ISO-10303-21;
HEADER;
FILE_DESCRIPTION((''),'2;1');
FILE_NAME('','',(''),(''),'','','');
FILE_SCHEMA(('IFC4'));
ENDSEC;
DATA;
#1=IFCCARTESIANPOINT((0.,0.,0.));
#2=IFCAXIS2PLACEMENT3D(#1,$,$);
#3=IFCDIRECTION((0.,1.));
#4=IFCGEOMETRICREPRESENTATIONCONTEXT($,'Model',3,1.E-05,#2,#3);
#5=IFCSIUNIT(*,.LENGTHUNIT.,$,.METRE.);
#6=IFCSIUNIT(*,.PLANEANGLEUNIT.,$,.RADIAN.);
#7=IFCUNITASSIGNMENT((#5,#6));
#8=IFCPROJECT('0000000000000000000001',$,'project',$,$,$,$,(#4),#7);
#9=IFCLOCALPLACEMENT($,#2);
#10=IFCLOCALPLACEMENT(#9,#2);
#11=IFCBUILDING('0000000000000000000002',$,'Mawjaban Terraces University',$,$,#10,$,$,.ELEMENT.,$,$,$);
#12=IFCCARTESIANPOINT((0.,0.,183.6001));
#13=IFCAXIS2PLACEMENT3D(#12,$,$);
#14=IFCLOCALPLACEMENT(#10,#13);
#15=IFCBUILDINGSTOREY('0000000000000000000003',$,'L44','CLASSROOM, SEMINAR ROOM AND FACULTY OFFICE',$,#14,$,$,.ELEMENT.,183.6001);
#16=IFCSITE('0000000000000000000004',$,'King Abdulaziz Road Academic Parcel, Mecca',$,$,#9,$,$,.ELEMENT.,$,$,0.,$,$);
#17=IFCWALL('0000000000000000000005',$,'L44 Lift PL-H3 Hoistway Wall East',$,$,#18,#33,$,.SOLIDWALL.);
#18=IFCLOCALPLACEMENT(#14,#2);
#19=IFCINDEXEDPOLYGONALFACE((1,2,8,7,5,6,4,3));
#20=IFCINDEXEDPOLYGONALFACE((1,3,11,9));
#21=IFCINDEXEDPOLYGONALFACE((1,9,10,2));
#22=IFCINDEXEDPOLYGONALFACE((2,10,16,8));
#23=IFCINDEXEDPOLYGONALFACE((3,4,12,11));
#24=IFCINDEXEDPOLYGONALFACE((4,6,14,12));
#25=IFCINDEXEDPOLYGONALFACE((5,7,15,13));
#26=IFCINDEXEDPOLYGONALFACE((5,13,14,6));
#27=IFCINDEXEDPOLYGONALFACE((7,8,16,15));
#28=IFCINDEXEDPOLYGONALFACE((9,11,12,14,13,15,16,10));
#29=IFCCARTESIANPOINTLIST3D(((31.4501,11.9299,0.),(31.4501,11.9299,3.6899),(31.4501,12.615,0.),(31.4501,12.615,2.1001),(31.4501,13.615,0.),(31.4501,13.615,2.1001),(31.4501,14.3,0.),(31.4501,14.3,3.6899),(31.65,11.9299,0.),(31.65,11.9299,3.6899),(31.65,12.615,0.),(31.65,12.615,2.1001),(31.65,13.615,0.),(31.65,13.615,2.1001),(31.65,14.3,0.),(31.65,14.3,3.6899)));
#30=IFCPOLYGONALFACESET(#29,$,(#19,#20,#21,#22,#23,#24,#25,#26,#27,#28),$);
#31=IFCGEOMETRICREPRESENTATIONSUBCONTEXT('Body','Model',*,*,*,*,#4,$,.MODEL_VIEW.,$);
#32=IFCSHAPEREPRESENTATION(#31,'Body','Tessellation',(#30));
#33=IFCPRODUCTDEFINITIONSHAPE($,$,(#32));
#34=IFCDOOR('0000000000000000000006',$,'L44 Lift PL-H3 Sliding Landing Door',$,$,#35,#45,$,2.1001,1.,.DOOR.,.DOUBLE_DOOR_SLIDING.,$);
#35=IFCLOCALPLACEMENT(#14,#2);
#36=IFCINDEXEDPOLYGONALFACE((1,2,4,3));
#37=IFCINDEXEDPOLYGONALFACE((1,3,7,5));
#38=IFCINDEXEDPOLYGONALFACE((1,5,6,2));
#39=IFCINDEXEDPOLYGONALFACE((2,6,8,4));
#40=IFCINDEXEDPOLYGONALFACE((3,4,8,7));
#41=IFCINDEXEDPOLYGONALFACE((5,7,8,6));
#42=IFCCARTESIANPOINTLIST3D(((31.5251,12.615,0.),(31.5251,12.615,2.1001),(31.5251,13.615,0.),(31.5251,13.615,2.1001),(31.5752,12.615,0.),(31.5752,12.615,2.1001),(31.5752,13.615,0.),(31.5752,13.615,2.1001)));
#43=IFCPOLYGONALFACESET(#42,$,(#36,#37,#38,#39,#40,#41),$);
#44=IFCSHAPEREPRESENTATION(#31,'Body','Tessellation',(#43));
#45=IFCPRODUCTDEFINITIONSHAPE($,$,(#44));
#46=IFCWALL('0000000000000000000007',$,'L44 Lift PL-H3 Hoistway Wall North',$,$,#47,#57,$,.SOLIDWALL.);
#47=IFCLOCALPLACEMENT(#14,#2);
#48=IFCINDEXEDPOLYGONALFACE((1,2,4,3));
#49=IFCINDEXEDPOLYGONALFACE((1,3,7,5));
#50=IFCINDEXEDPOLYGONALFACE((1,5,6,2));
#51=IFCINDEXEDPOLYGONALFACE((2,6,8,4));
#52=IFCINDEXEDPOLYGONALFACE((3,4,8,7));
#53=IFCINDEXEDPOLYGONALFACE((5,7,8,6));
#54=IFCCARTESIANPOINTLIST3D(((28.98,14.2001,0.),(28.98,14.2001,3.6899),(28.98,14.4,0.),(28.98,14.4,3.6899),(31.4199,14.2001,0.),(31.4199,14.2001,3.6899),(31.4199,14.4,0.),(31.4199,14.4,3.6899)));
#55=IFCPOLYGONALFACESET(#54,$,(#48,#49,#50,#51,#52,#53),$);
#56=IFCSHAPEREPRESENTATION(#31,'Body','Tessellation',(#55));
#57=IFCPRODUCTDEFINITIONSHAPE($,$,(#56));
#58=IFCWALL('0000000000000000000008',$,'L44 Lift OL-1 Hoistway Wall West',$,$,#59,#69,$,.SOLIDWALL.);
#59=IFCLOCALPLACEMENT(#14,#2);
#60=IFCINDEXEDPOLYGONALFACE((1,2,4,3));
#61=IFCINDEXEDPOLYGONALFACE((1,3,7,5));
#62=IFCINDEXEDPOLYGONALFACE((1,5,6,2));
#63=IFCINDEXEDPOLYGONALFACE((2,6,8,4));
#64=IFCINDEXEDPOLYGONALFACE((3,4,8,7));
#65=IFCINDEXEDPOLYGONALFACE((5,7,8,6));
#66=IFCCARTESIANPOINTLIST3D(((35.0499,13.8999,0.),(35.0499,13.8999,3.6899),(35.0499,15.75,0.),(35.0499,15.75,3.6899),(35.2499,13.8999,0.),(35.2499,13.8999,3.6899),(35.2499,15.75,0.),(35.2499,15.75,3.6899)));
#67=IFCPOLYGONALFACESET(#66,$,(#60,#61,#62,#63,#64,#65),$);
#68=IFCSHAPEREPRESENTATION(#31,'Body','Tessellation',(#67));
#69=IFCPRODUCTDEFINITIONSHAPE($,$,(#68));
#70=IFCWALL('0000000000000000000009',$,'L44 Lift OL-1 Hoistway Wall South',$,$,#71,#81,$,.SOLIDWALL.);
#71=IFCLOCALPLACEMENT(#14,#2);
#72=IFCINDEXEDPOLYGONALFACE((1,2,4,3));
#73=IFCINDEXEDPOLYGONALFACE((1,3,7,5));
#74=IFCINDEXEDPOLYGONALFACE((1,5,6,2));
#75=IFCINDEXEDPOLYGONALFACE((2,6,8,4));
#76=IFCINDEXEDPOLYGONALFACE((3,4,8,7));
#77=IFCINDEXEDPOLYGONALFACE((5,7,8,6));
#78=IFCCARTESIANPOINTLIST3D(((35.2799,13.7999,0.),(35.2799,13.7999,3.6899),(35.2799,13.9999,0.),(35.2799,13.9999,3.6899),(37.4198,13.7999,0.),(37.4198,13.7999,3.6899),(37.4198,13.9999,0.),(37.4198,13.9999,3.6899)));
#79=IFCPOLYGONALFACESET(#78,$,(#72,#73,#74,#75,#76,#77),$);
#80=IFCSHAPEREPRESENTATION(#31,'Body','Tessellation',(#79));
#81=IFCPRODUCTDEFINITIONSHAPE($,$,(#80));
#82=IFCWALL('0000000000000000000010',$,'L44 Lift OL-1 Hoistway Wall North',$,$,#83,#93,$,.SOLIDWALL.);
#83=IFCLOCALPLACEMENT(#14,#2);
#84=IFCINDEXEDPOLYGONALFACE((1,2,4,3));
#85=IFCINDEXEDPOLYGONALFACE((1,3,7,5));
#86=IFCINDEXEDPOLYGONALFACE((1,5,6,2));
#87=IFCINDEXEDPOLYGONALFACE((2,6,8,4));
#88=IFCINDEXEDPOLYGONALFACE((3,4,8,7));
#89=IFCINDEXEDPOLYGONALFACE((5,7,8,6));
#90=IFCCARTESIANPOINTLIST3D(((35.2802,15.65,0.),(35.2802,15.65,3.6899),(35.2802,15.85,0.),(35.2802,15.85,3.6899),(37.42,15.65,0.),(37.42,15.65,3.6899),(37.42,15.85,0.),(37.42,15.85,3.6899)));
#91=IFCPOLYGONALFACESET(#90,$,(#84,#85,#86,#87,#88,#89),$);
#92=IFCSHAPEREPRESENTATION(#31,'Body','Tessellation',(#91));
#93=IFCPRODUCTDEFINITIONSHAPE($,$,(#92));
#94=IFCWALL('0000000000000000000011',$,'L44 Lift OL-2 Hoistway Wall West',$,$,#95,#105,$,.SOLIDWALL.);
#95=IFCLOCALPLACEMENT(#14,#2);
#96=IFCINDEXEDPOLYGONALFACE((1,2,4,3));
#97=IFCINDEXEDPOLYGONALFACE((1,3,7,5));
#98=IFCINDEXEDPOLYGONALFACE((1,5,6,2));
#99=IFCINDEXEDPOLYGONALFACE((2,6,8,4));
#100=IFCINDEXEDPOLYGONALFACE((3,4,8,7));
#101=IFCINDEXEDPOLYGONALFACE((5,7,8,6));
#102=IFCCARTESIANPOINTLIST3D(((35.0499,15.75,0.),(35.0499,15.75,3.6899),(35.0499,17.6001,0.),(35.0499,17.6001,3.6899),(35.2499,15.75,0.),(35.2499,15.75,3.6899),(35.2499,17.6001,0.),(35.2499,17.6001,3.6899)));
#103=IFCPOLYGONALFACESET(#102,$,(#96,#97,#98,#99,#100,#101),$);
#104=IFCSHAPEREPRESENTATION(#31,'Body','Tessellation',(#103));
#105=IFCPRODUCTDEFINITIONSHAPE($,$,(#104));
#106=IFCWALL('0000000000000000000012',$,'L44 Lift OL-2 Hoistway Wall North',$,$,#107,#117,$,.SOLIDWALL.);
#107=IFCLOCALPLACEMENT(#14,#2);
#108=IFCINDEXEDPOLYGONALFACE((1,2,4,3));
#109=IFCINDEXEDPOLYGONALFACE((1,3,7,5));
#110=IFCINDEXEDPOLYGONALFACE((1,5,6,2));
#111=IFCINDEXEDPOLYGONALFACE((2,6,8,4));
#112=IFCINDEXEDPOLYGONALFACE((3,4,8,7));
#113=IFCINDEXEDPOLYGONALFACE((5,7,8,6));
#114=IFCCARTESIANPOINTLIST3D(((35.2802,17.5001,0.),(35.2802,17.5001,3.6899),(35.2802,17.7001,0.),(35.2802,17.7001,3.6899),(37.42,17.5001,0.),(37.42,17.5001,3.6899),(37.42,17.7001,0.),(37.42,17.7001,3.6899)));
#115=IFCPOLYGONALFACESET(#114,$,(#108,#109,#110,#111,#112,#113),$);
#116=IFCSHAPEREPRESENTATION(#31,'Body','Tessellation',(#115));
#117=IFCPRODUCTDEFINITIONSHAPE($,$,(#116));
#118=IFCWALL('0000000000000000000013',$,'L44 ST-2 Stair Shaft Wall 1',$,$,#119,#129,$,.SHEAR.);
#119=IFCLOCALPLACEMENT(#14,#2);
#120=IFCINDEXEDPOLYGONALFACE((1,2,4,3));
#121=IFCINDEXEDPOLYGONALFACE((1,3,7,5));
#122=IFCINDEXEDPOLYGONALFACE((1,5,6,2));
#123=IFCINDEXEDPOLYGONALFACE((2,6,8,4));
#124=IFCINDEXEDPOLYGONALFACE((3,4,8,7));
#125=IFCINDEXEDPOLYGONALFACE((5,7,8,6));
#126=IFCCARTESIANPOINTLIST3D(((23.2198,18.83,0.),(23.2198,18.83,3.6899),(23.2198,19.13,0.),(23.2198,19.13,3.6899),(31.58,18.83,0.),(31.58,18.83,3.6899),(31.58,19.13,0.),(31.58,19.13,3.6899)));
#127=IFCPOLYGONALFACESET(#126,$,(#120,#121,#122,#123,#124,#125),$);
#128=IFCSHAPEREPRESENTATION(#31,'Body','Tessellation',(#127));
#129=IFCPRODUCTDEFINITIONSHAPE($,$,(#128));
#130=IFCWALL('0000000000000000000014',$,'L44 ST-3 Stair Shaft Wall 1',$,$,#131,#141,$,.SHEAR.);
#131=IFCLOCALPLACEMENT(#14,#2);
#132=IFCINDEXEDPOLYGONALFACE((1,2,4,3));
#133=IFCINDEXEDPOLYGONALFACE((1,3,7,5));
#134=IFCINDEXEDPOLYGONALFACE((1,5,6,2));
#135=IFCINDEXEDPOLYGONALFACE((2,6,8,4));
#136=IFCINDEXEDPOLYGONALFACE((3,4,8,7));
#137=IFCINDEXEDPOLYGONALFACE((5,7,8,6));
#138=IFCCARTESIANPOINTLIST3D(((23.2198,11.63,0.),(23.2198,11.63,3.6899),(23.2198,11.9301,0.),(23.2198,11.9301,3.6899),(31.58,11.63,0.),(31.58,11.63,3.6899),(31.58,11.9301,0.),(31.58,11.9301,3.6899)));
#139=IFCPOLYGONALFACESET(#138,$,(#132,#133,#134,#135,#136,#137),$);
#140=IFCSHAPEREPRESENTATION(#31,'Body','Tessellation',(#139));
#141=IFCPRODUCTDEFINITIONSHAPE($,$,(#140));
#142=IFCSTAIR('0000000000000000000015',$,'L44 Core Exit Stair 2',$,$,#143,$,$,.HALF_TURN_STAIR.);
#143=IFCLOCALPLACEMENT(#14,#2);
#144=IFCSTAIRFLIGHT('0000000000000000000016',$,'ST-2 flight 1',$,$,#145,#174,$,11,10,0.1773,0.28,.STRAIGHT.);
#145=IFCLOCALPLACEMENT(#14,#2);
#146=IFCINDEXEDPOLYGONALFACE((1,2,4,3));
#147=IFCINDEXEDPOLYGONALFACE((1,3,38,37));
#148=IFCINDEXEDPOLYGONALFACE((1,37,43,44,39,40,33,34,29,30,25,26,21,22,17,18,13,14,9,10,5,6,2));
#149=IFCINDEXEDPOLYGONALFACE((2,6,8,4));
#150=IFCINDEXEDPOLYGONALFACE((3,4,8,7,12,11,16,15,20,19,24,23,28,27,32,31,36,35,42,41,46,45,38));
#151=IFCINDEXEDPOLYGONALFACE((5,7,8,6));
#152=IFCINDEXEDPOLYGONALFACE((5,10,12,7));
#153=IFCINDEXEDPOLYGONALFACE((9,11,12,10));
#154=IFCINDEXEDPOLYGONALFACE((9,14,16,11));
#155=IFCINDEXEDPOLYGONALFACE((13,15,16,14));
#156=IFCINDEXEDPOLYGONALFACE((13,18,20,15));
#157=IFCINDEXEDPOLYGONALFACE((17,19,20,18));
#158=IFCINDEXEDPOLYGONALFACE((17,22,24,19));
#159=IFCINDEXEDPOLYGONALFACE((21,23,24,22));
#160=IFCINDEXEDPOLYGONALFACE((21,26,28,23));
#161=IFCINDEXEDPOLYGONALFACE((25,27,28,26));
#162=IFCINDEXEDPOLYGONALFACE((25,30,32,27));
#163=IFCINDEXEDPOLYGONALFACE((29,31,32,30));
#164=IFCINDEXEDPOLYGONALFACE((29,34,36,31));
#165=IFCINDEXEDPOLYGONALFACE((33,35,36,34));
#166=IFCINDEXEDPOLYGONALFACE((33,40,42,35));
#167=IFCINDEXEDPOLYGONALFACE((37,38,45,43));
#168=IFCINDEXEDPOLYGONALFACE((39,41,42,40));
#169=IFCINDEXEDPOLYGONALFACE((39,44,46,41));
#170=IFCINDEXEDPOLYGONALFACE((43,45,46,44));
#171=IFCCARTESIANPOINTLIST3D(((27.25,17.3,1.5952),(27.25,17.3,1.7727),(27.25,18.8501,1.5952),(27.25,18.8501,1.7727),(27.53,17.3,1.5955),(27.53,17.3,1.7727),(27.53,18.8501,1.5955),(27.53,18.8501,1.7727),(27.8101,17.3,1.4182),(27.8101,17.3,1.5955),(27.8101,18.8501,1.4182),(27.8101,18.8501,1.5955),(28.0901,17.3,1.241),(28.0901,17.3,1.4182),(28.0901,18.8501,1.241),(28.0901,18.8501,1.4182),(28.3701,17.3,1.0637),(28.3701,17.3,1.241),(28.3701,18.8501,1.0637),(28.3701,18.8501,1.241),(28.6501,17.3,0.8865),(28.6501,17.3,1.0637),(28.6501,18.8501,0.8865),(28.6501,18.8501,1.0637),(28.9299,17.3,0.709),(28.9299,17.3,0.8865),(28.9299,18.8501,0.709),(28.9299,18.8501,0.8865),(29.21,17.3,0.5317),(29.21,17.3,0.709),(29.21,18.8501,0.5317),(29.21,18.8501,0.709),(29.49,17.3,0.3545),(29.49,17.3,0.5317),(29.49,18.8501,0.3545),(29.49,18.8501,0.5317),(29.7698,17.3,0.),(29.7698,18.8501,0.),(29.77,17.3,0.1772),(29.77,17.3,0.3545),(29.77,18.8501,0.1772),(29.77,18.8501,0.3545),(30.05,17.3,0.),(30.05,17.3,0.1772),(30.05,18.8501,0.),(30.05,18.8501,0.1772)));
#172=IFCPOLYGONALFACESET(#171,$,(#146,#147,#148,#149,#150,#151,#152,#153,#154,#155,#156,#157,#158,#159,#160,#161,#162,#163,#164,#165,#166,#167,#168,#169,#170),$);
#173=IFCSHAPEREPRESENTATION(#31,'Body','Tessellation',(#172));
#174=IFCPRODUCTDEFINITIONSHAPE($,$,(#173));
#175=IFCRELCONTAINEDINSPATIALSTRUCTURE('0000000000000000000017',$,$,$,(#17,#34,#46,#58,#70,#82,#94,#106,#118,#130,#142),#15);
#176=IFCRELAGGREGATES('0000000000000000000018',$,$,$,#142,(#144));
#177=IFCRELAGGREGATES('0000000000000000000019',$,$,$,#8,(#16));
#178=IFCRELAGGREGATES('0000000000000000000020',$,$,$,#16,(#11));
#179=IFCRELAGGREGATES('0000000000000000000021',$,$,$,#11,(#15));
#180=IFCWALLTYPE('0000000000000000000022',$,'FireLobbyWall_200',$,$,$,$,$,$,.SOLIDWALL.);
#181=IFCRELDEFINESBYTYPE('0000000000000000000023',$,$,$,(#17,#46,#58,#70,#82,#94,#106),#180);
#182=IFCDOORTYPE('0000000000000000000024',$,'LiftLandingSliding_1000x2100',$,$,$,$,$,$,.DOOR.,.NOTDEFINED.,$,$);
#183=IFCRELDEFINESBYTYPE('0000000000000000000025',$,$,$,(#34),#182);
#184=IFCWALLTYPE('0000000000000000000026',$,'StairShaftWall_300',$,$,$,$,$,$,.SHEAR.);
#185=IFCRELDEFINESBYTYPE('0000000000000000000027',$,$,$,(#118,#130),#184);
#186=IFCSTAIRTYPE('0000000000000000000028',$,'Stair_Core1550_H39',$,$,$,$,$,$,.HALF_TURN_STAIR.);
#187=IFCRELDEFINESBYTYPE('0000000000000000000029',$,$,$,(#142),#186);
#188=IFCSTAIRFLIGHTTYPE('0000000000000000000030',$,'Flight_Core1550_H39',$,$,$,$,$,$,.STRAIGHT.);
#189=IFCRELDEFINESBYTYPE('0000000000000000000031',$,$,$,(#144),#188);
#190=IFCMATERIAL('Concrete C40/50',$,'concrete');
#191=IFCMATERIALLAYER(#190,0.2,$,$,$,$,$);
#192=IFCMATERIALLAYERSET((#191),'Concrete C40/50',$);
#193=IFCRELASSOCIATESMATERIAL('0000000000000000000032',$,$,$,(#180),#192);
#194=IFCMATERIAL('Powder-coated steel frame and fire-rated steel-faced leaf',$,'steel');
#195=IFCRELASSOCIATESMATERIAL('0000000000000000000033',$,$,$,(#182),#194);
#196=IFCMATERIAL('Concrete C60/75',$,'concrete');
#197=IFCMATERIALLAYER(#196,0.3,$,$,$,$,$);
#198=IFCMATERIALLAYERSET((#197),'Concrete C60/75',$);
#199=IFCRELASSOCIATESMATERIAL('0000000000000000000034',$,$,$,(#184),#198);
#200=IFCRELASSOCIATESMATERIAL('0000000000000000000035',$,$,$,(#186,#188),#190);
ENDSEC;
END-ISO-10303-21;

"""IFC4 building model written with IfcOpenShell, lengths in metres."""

from ifc_helpers import new_model, si_unit, direction, frame, frame_2d, origin, place, context, subcontext, project, spatial, polyline, rectangle, outline, extrude, material, layer, layer_set, type_object, element, fill, aggregate, save


model = new_model("IFC4")

# Units and contexts
model_context = context("Model", 3, precision=1e-05, world=origin(), true_north=direction((0.0, 1.0)))
body_context = subcontext(model_context, "Body", "Model", "MODEL_VIEW")
ifc_project = project(units=[si_unit("LENGTHUNIT", "METRE"), si_unit("PLANEANGLEUNIT", "RADIAN")], contexts=[model_context])

# Site, building, storey
site_placement = place(None, origin())
site = spatial("IfcSite", under=ifc_project, at=site_placement, Name="King Abdulaziz Road Academic Parcel, Mecca", CompositionType="ELEMENT", RefElevation=0.0)
building_placement = place(site_placement, origin())
building = spatial("IfcBuilding", under=site, at=building_placement, Name="Mawjaban Terraces University", CompositionType="ELEMENT")
storey_placement = place(building_placement, frame((0.0, 0.0, 183.6001)))
storey = spatial("IfcBuildingStorey", under=building, at=storey_placement, Name="L44", Description="CLASSROOM, SEMINAR ROOM AND FACULTY OFFICE", CompositionType="ELEMENT", Elevation=183.6001)

# Shared definitions
ifc_material_1 = material(Name="Concrete C40/50", Category="concrete")
ifc_layer_1 = layer(ifc_material_1, 0.2)
ifc_layer_set_1 = layer_set([ifc_layer_1], Name="Concrete C40/50")
wall_type_1 = type_object("IfcWallType", Name="FireLobbyWall_200", PredefinedType="SOLIDWALL", material=ifc_layer_set_1)
ifc_material_2 = material(Name="Powder-coated steel frame and fire-rated steel-faced leaf", Category="steel")
door_type_1 = type_object("IfcDoorType", Name="LiftLandingSliding_1000x2100", OperationType="NOTDEFINED", PredefinedType="DOOR", material=ifc_material_2)

# Wall, opening, door
wall_1_placement = place(storey_placement, frame((31.55, 11.9299, 0.0), z_axis=(0.0, 0.0, 1.0), x_axis=(0.0, 1.0, 0.0)))
wall_1 = element("IfcWall", 1, at=wall_1_placement, inside=storey, type_object=wall_type_1, Name="L44 Lift PL-H3 Hoistway Wall East", PredefinedType="SOLIDWALL", context=body_context, shape_type="SweptSolid", body=[
    extrude(rectangle(XDim=2.3701, YDim=0.2, at=frame_2d((1.1851, 0.0))), origin(), (0.0, 0.0, 1.0), 3.6899),
])
opening_1_placement = place(wall_1_placement, frame((0.6851, 0.0, 0.0)))
opening_1 = element("IfcOpeningElement", 2, at=opening_1_placement, cuts=wall_1, PredefinedType="OPENING", context=body_context, shape_type="SweptSolid", body=[
    extrude(rectangle(XDim=1.0, YDim=2.1001, at=frame_2d((0.5, 1.05))), frame((0.0, 0.1099, 0.0), z_axis=(0.0, -1.0, 0.0), x_axis=(1.0, 0.0, 0.0)), (0.0, 0.0, 1.0), 0.22),
])
door_1_placement = place(opening_1_placement, origin())
door_1 = element("IfcDoor", 3, at=door_1_placement, inside=storey, type_object=door_type_1, Name="L44 Lift PL-H3 Sliding Landing Door", OperationType="DOUBLE_DOOR_SLIDING", OverallHeight=2.1001, OverallWidth=1.0, PredefinedType="DOOR", context=body_context, shape_type="SweptSolid", body=[
    extrude(rectangle(XDim=1.0, YDim=2.1001, at=frame_2d((0.5, 1.05))), frame((0.0, 0.0249, 0.0), z_axis=(0.0, -1.0, 0.0), x_axis=(1.0, 0.0, 0.0)), (0.0, 0.0, 1.0), 0.05),
])
fill(opening_1, door_1)

# Walls
wall_2_placement = place(storey_placement, frame((31.4199, 14.3, 0.0), z_axis=(0.0, 0.0, 1.0), x_axis=(-1.0, 0.0, 0.0)))
element("IfcWall", 4, at=wall_2_placement, inside=storey, type_object=wall_type_1, Name="L44 Lift PL-H3 Hoistway Wall North", PredefinedType="SOLIDWALL", context=body_context, shape_type="SweptSolid", body=[
    extrude(rectangle(XDim=2.4399, YDim=0.2, at=frame_2d((1.22, 0.0))), origin(), (0.0, 0.0, 1.0), 3.6899),
])
wall_3_placement = place(storey_placement, frame((35.1499, 15.75, 0.0), z_axis=(0.0, 0.0, 1.0), x_axis=(0.0, -1.0, 0.0)))
element("IfcWall", 5, at=wall_3_placement, inside=storey, type_object=wall_type_1, Name="L44 Lift OL-1 Hoistway Wall West", PredefinedType="SOLIDWALL", context=body_context, shape_type="SweptSolid", body=[
    extrude(rectangle(XDim=1.8501, YDim=0.2, at=frame_2d((0.925, 0.0))), origin(), (0.0, 0.0, 1.0), 3.6899),
])
for number, where, z_axis, x_axis, name in (
    (6, (35.28, 13.8999, 0.0), (0.0, 0.0, 1.0), (1.0, 0.0, 0.0), "L44 Lift OL-1 Hoistway Wall South"),
    (7, (37.4199, 15.75, 0.0), (0.0, 0.0, 1.0), (-1.0, 0.0, 0.0), "L44 Lift OL-1 Hoistway Wall North"),
):
    element("IfcWall", number, at=place(storey_placement, frame(where, z_axis=z_axis, x_axis=x_axis)), inside=storey, type_object=wall_type_1, Name=name, PredefinedType="SOLIDWALL", context=body_context, shape_type="SweptSolid", body=[
        extrude(rectangle(XDim=2.1399, YDim=0.2, at=frame_2d((1.0698, 0.0))), origin(), (0.0, 0.0, 1.0), 3.6899),
    ])
wall_4_placement = place(storey_placement, frame((35.1499, 17.6001, 0.0), z_axis=(0.0, 0.0, 1.0), x_axis=(0.0, -1.0, 0.0)))
element("IfcWall", 8, at=wall_4_placement, inside=storey, type_object=wall_type_1, Name="L44 Lift OL-2 Hoistway Wall West", PredefinedType="SOLIDWALL", context=body_context, shape_type="SweptSolid", body=[
    extrude(rectangle(XDim=1.8501, YDim=0.2, at=frame_2d((0.925, 0.0))), origin(), (0.0, 0.0, 1.0), 3.6899),
])
wall_5_placement = place(storey_placement, frame((37.4199, 17.6001, 0.0), z_axis=(0.0, 0.0, 1.0), x_axis=(-1.0, 0.0, 0.0)))
element("IfcWall", 9, at=wall_5_placement, inside=storey, type_object=wall_type_1, Name="L44 Lift OL-2 Hoistway Wall North", PredefinedType="SOLIDWALL", context=body_context, shape_type="SweptSolid", body=[
    extrude(rectangle(XDim=2.1399, YDim=0.2, at=frame_2d((1.0698, 0.0))), origin(), (0.0, 0.0, 1.0), 3.6899),
])
ifc_material_3 = material(Name="Concrete C60/75", Category="concrete")
ifc_layer_2 = layer(ifc_material_3, 0.3)
ifc_layer_set_2 = layer_set([ifc_layer_2], Name="Concrete C60/75")
wall_type_2 = type_object("IfcWallType", Name="StairShaftWall_300", PredefinedType="SHEAR", material=ifc_layer_set_2)
wall_6_placement = place(storey_placement, frame((31.5801, 18.98, 0.0), z_axis=(0.0, 0.0, 1.0), x_axis=(-1.0, 0.0, 0.0)))
element("IfcWall", 10, at=wall_6_placement, inside=storey, type_object=wall_type_2, Name="L44 ST-2 Stair Shaft Wall 1", PredefinedType="SHEAR", context=body_context, shape_type="SweptSolid", body=[
    extrude(rectangle(XDim=8.3601, YDim=0.3, at=frame_2d((4.1802, 0.0))), origin(), (0.0, 0.0, 1.0), 3.6899),
])

# Wall
wall_7_placement = place(storey_placement, frame((31.5801, 11.78, 0.0), z_axis=(0.0, 0.0, 1.0), x_axis=(-1.0, 0.0, 0.0)))
element("IfcWall", 11, at=wall_7_placement, inside=storey, type_object=wall_type_2, Name="L44 ST-3 Stair Shaft Wall 1", PredefinedType="SHEAR", context=body_context, shape_type="SweptSolid", body=[
    extrude(rectangle(XDim=8.3601, YDim=0.3, at=frame_2d((4.1802, 0.0))), origin(), (0.0, 0.0, 1.0), 3.6899),
])

# Stair, stair flight
stair_type = type_object("IfcStairType", Name="Stair_Core1550_H39", PredefinedType="HALF_TURN_STAIR", material=ifc_material_1)
stair_placement = place(storey_placement, origin())
stair = element("IfcStair", 12, at=stair_placement, inside=storey, type_object=stair_type, Name="L44 Core Exit Stair 2", PredefinedType="HALF_TURN_STAIR")
stair_flight_type = type_object("IfcStairFlightType", Name="Flight_Core1550_H39", PredefinedType="STRAIGHT", material=ifc_material_1)
stair_flight_placement = place(storey_placement, frame((30.05, 18.075, 0.0), z_axis=(0.0, 0.0, 1.0), x_axis=(-1.0, 0.0, 0.0)))
stair_flight = element("IfcStairFlight", 13, at=stair_flight_placement, type_object=stair_flight_type, Name="ST-2 flight 1", NumberOfRisers=11, NumberOfTreads=10, PredefinedType="STRAIGHT", RiserHeight=0.1773, TreadLength=0.28, context=body_context, shape_type="SweptSolid", body=[
    extrude(outline(polyline([(0.0, 0.0), (0.0, 0.1772), (0.28, 0.1772), (0.28, 0.3545), (0.5601, 0.3545), (0.5601, 0.5317), (0.8401, 0.5317), (0.8401, 0.709), (1.1201, 0.709), (1.1201, 0.8865), (1.3999, 0.8865), (1.3999, 1.0637), (1.6799, 1.0637), (1.6799, 1.241), (1.96, 1.241), (1.96, 1.4182), (2.24, 1.4182), (2.24, 1.5955), (2.52, 1.5955), (2.52, 1.7727), (2.8, 1.7727), (2.8, 1.95), (2.8, 1.5952), (0.2803, 0.0), (0.0, 0.0)])), frame((0.0, 0.7749, 0.0), z_axis=(0.0, -1.0, 0.0), x_axis=(1.0, 0.0, 0.0)), (0.0, 0.0, 1.0), 1.55),
])
aggregate(stair, [stair_flight])

save(model, "model.ifc")
